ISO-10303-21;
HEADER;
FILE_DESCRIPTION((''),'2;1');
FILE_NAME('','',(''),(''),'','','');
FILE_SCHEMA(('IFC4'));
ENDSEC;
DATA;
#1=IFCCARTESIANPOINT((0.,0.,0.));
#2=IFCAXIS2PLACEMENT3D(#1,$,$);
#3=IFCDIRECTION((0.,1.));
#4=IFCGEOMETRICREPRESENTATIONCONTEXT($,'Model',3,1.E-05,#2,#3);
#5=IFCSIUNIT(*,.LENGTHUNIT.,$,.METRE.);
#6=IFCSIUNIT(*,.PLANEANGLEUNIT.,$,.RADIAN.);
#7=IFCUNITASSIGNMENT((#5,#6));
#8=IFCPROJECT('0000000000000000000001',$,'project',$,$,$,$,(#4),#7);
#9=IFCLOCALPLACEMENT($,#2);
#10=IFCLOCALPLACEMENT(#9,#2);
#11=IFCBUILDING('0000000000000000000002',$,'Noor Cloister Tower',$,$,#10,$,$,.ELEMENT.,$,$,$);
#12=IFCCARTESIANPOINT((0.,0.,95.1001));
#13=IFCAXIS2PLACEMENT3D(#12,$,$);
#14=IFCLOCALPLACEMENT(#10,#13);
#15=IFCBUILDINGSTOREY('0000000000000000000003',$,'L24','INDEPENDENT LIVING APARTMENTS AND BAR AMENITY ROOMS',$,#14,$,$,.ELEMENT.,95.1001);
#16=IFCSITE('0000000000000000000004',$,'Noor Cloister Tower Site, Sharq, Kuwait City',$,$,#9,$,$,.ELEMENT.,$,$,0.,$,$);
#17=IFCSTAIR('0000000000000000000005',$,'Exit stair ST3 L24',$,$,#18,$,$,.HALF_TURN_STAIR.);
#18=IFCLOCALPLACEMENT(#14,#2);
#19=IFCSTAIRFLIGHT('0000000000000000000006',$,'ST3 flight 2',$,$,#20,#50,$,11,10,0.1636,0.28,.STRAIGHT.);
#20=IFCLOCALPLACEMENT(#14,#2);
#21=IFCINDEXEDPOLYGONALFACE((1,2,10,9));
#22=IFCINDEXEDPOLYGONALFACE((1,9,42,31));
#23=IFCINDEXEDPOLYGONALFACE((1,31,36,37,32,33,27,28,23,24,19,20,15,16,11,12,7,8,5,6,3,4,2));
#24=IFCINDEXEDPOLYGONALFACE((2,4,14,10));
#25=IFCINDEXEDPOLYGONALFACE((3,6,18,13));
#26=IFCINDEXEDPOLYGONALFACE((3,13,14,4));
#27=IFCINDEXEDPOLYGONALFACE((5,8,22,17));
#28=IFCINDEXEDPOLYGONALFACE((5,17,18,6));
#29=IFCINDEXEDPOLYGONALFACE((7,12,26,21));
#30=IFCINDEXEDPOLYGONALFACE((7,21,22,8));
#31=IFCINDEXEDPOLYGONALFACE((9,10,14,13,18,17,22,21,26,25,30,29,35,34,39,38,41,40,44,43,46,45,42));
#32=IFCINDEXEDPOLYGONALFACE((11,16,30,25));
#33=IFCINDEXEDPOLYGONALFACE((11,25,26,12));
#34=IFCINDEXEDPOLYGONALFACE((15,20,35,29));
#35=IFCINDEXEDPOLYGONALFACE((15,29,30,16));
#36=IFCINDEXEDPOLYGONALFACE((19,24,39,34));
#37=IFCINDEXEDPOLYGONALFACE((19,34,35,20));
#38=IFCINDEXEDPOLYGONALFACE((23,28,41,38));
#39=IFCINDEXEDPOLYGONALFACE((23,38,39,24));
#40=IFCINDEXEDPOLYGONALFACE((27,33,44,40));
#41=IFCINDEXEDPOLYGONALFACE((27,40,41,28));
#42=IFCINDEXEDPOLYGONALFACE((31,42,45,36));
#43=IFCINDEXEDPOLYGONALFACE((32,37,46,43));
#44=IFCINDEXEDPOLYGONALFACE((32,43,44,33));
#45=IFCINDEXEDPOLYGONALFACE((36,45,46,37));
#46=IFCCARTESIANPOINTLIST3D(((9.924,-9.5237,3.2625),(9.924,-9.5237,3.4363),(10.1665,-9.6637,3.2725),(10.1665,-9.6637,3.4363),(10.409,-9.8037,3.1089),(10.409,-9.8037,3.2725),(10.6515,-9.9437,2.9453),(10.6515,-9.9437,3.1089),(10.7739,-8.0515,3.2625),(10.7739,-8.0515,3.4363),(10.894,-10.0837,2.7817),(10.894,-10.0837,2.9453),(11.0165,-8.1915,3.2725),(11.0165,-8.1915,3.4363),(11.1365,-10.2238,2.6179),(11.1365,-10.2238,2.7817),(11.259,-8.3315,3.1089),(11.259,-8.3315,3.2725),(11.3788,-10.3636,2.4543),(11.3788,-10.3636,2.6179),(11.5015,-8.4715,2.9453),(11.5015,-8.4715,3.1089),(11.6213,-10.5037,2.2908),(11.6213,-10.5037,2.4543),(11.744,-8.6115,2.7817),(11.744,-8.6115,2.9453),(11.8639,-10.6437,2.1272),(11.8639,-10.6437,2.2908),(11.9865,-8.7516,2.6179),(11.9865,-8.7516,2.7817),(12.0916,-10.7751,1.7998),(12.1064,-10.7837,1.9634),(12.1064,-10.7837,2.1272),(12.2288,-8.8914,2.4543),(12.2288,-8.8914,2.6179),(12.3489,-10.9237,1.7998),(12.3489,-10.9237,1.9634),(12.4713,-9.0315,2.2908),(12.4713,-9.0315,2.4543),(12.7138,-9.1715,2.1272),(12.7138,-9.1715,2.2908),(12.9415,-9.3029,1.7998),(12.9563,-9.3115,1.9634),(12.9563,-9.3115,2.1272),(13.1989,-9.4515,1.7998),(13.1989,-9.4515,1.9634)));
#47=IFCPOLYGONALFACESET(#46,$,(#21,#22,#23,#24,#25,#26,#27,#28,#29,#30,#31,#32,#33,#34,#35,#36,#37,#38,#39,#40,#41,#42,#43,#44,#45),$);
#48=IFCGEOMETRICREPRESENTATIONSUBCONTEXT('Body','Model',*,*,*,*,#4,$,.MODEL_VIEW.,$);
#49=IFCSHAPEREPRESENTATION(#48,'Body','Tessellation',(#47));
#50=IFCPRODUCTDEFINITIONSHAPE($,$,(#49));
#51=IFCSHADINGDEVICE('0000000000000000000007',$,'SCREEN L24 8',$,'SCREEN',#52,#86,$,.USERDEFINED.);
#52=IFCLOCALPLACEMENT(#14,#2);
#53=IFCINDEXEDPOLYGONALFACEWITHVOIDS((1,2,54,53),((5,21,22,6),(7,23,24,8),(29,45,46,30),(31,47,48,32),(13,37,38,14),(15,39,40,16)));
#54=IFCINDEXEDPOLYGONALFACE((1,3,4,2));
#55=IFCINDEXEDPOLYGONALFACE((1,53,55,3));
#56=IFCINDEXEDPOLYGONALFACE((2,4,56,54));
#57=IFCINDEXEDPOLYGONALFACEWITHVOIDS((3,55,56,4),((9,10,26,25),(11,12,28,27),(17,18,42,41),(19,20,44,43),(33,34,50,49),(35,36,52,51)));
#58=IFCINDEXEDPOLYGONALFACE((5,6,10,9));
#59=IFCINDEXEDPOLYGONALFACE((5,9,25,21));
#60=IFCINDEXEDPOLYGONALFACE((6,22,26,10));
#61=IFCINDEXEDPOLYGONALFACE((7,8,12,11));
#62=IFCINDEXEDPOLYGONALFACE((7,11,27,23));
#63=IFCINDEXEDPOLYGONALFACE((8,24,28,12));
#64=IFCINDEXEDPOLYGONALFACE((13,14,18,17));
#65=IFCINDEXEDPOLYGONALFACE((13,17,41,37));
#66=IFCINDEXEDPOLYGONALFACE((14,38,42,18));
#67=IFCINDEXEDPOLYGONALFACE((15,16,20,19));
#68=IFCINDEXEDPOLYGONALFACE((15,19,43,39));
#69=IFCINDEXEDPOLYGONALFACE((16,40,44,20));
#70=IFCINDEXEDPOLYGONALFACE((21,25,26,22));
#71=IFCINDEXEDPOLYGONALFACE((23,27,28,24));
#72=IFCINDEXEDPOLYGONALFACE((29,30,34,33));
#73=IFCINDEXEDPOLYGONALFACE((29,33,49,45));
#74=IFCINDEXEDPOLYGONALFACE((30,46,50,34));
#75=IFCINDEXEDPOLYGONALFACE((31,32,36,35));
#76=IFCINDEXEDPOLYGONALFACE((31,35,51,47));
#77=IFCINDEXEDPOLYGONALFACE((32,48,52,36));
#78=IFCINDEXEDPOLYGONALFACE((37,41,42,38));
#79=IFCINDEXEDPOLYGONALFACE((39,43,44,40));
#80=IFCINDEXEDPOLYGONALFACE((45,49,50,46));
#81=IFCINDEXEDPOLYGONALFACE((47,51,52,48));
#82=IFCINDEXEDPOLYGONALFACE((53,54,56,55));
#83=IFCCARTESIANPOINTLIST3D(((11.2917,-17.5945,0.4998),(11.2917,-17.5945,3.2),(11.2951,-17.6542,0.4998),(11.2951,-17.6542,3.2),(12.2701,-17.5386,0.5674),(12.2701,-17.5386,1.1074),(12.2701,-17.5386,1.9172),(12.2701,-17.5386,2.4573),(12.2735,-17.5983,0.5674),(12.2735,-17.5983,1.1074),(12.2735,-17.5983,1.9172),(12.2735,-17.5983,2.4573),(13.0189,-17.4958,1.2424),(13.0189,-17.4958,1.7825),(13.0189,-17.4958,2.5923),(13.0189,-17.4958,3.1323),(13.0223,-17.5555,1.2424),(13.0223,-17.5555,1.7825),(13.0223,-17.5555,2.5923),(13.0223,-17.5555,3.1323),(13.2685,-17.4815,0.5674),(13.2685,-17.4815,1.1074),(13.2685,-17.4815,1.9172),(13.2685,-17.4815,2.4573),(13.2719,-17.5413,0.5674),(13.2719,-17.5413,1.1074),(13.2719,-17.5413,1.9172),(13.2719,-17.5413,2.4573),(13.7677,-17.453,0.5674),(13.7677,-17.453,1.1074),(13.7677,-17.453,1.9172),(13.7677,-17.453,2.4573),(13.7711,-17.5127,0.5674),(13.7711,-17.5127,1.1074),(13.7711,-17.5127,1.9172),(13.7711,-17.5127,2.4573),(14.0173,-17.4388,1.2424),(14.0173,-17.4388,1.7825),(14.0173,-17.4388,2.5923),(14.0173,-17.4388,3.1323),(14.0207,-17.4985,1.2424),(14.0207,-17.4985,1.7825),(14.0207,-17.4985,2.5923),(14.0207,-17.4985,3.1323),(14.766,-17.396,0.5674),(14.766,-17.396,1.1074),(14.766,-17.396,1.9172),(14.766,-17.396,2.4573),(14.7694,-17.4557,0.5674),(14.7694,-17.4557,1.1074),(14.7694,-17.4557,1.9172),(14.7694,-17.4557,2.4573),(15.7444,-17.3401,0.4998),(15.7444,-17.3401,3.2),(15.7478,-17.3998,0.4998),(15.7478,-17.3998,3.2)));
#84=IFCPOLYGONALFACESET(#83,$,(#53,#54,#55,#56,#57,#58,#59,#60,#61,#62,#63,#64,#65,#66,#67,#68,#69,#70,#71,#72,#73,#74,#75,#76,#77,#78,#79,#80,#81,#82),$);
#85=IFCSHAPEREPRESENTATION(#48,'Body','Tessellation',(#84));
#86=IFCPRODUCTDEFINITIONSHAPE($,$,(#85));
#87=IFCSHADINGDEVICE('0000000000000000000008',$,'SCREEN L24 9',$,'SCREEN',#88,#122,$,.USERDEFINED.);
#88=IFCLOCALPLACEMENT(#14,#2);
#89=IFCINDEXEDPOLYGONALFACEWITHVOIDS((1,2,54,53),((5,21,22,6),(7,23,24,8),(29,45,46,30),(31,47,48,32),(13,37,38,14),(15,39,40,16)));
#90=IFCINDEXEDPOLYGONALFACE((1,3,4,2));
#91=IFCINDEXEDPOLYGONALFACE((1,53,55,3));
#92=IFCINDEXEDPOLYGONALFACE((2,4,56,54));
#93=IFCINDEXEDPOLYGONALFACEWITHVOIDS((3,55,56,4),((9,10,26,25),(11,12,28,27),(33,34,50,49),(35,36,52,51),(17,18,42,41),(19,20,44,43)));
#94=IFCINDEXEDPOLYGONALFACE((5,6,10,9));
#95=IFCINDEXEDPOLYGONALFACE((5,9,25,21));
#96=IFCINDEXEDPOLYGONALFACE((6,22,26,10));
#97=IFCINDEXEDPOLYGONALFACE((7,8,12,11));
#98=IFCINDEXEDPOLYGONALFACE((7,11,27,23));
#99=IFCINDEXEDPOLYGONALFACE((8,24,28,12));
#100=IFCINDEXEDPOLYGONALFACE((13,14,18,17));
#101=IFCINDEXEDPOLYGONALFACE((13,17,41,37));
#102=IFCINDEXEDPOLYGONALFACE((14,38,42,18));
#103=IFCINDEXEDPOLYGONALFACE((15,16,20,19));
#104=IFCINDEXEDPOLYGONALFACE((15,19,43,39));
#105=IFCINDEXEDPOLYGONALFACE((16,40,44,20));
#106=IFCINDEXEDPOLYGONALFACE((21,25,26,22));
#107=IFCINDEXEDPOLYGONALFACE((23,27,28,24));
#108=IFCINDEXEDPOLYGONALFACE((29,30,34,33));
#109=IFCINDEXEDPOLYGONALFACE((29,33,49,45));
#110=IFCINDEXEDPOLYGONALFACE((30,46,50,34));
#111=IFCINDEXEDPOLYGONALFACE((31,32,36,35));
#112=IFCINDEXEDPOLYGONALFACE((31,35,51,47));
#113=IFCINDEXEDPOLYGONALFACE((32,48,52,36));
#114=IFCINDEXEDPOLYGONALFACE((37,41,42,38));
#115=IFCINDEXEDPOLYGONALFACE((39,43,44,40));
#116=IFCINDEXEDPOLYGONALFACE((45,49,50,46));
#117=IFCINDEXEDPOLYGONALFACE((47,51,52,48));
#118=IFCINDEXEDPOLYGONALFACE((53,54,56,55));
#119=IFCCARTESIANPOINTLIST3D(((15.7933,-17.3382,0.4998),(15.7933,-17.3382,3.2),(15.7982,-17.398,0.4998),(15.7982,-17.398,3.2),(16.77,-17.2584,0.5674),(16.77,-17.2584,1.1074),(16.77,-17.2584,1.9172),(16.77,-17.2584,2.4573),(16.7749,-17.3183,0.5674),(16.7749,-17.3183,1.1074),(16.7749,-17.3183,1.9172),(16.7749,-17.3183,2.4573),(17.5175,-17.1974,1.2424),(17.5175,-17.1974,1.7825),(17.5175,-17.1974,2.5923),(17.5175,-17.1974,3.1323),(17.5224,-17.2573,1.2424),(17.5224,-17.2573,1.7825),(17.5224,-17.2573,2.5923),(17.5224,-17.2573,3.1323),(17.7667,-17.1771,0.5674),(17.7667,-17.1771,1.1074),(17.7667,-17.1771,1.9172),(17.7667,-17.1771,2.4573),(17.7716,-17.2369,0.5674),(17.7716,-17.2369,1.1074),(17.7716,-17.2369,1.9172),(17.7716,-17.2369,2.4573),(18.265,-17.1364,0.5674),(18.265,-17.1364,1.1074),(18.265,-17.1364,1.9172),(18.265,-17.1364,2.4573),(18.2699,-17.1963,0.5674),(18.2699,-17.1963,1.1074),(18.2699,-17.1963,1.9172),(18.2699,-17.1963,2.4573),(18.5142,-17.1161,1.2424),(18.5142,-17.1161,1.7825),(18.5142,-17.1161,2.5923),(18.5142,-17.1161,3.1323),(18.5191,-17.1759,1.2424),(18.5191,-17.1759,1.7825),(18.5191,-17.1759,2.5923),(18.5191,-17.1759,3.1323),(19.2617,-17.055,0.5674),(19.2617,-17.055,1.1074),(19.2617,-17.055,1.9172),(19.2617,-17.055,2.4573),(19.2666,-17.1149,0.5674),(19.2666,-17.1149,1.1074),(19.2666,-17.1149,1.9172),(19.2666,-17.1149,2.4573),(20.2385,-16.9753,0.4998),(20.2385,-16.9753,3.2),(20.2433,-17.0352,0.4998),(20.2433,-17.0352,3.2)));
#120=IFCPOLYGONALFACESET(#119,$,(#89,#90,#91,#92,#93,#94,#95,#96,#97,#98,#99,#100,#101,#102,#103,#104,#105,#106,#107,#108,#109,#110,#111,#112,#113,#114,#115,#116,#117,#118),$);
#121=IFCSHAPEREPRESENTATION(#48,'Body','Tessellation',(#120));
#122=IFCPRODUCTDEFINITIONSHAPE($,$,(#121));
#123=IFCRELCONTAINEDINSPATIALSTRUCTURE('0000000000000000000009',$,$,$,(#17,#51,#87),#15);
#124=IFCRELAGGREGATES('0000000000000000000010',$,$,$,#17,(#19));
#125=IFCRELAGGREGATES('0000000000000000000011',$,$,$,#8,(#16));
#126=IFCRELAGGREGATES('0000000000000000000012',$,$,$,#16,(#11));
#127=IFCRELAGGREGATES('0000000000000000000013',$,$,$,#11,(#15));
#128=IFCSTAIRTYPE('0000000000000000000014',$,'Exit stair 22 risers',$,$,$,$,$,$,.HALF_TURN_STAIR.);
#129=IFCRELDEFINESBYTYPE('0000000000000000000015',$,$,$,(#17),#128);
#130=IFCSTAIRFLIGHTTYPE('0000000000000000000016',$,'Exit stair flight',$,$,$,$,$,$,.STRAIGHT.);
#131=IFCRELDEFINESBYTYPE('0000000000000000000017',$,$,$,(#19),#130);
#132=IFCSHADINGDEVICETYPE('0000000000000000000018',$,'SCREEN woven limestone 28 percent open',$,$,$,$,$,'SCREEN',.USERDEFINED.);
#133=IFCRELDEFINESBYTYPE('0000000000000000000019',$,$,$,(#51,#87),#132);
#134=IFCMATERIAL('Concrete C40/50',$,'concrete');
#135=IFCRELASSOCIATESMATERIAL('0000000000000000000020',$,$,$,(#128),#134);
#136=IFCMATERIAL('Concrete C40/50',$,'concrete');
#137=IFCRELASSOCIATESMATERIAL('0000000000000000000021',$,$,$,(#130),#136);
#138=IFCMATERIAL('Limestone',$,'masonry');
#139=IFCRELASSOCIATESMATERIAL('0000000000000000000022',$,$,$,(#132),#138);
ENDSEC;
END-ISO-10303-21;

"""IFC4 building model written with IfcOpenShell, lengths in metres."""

from ifc_helpers import new_model, si_unit, direction, frame, origin, place, context, subcontext, project, spatial, polyline, outline, extrude, material, material_profile, profile_set, type_object, element, aggregate, save


model = new_model("IFC4")

# Units and contexts
model_context = context("Model", 3, precision=1e-05, world=origin(), true_north=direction((0.0, 1.0)))
body_context = subcontext(model_context, "Body", "Model", "MODEL_VIEW")
ifc_project = project(units=[si_unit("LENGTHUNIT", "METRE"), si_unit("PLANEANGLEUNIT", "RADIAN")], contexts=[model_context])

# Site, building, storey
site_placement = place(None, origin())
site = spatial("IfcSite", under=ifc_project, at=site_placement, Name="Noor Cloister Tower Site, Sharq, Kuwait City", CompositionType="ELEMENT", RefElevation=0.0)
building_placement = place(site_placement, origin())
building = spatial("IfcBuilding", under=site, at=building_placement, Name="Noor Cloister Tower", CompositionType="ELEMENT")
storey_placement = place(building_placement, frame((0.0, 0.0, 95.1001)))
storey = spatial("IfcBuildingStorey", under=building, at=storey_placement, Name="L24", Description="INDEPENDENT LIVING APARTMENTS AND BAR AMENITY ROOMS", CompositionType="ELEMENT", Elevation=95.1001)

# Stair, stair flight
ifc_material_1 = material(Name="Concrete C40/50", Category="concrete")
stair_type = type_object("IfcStairType", Name="Exit stair 22 risers", PredefinedType="HALF_TURN_STAIR", material=ifc_material_1)
stair_placement = place(storey_placement, origin())
stair = element("IfcStair", 1, at=stair_placement, inside=storey, type_object=stair_type, Name="Exit stair ST3 L24", PredefinedType="HALF_TURN_STAIR")
ifc_material_2 = material(Name="Concrete C40/50", Category="concrete")
stair_flight_type = type_object("IfcStairFlightType", Name="Exit stair flight", PredefinedType="STRAIGHT", material=ifc_material_2)
stair_flight_1_placement = place(storey_placement, frame((12.7739, -10.1875, 1.7998), z_axis=(0.0, 0.0, 1.0), x_axis=(-0.866025, 0.5, 0.0)))
stair_flight_1 = element("IfcStairFlight", 2, at=stair_flight_1_placement, type_object=stair_flight_type, Name="ST3 flight 2", NumberOfRisers=11, NumberOfTreads=10, PredefinedType="STRAIGHT", RiserHeight=0.1636, TreadLength=0.28, context=body_context, shape_type="SweptSolid", body=[
    extrude(outline(polyline([(0.0, 0.0), (0.0, 0.1636), (0.28, 0.1636), (0.28, 0.3274), (0.5601, 0.3274), (0.5601, 0.491), (0.8401, 0.491), (0.8401, 0.6545), (1.1201, 0.6545), (1.1201, 0.8181), (1.3999, 0.8181), (1.3999, 0.9819), (1.6799, 0.9819), (1.6799, 1.1455), (1.96, 1.1455), (1.96, 1.3091), (2.24, 1.3091), (2.24, 1.4727), (2.52, 1.4727), (2.52, 1.6365), (2.8, 1.6365), (2.8, 1.8), (2.8, 1.4626), (0.2971, 0.0), (0.0, 0.0)])), frame((0.0, 0.8501, 0.0), z_axis=(0.0, -1.0, 0.0), x_axis=(1.0, 0.0, 0.0)), (0.0, 0.0, 1.0), 1.7),
])
aggregate(stair, [stair_flight_1])

# Shading devices
ifc_material_3 = material(Name="Limestone", Category="masonry")
ifc_material_profile_1 = material_profile(ifc_material_3, outline(polyline([(-2.23, -1.3501), (2.23, -1.3501), (2.23, 1.3501), (-2.23, 1.3501), (-2.23, -1.3501)]), holes=[polyline([(-1.25, -1.2825), (-0.25, -1.2825), (-0.25, -0.7424), (-1.25, -0.7424), (-1.25, -1.2825)]), polyline([(0.25, -1.2825), (1.25, -1.2825), (1.25, -0.7424), (0.25, -0.7424), (0.25, -1.2825)]), polyline([(-0.5, -0.6074), (0.5, -0.6074), (0.5, -0.0674), (-0.5, -0.0674), (-0.5, -0.6074)]), polyline([(-1.25, 0.0674), (-0.25, 0.0674), (-0.25, 0.6074), (-1.25, 0.6074), (-1.25, 0.0674)]), polyline([(0.25, 0.0674), (1.25, 0.0674), (1.25, 0.6074), (0.25, 0.6074), (0.25, 0.0674)]), polyline([(-0.5, 0.7424), (0.5, 0.7424), (0.5, 1.2825), (-0.5, 1.2825), (-0.5, 0.7424)])]), Name="Woven screen 28 percent open")
ifc_profile_set_1 = profile_set([ifc_material_profile_1], Name="Limestone")
shading_device_type = type_object("IfcShadingDeviceType", Name="SCREEN woven limestone 28 percent open", ElementType="SCREEN", PredefinedType="USERDEFINED", material=ifc_profile_set_1)
shading_device_1_placement = place(storey_placement, frame((13.5181, -17.4673, 1.8499), z_axis=(0.05705, -0.998371, 0.0), x_axis=(0.998371, 0.05705, 0.0)))
element("IfcShadingDevice", 3, at=shading_device_1_placement, inside=storey, type_object=shading_device_type, Name="SCREEN L24 8", ObjectType="SCREEN", PredefinedType="USERDEFINED", context=body_context, shape_type="SweptSolid", body=[
    extrude(outline(polyline([(-2.23, -1.3501), (2.23, -1.3501), (2.23, 1.3501), (-2.23, 1.3501), (-2.23, -1.3501)]), holes=[polyline([(-1.25, -1.2825), (-0.25, -1.2825), (-0.25, -0.7424), (-1.25, -0.7424), (-1.25, -1.2825)]), polyline([(0.25, -1.2825), (1.25, -1.2825), (1.25, -0.7424), (0.25, -0.7424), (0.25, -1.2825)]), polyline([(-0.5, -0.6074), (0.5, -0.6074), (0.5, -0.0674), (-0.5, -0.0674), (-0.5, -0.6074)]), polyline([(-1.25, 0.0674), (-0.25, 0.0674), (-0.25, 0.6074), (-1.25, 0.6074), (-1.25, 0.0674)]), polyline([(0.25, 0.0674), (1.25, 0.0674), (1.25, 0.6074), (0.25, 0.6074), (0.25, 0.0674)]), polyline([(-0.5, 0.7424), (0.5, 0.7424), (0.5, 1.2825), (-0.5, 1.2825), (-0.5, 0.7424)])]), origin(), (0.0, 0.0, 1.0), 0.0598),
])
shading_device_2_placement = place(storey_placement, frame((18.0159, -17.1567, 1.8499), z_axis=(0.081362, -0.996685, 0.0), x_axis=(0.996685, 0.081362, 0.0)))
element("IfcShadingDevice", 4, at=shading_device_2_placement, inside=storey, type_object=shading_device_type, Name="SCREEN L24 9", ObjectType="SCREEN", PredefinedType="USERDEFINED", context=body_context, shape_type="SweptSolid", body=[
    extrude(outline(polyline([(-2.23, -1.3501), (2.23, -1.3501), (2.23, 1.3501), (-2.23, 1.3501), (-2.23, -1.3501)]), holes=[polyline([(-1.25, -1.2825), (-0.25, -1.2825), (-0.25, -0.7424), (-1.25, -0.7424), (-1.25, -1.2825)]), polyline([(0.25, -1.2825), (1.25, -1.2825), (1.25, -0.7424), (0.25, -0.7424), (0.25, -1.2825)]), polyline([(-0.5, -0.6074), (0.5, -0.6074), (0.5, -0.0674), (-0.5, -0.0674), (-0.5, -0.6074)]), polyline([(-1.25, 0.0674), (-0.25, 0.0674), (-0.25, 0.6074), (-1.25, 0.6074), (-1.25, 0.0674)]), polyline([(0.25, 0.0674), (1.25, 0.0674), (1.25, 0.6074), (0.25, 0.6074), (0.25, 0.0674)]), polyline([(-0.5, 0.7424), (0.5, 0.7424), (0.5, 1.2825), (-0.5, 1.2825), (-0.5, 0.7424)])]), origin(), (0.0, 0.0, 1.0), 0.0601),
])

save(model, "model.ifc")
